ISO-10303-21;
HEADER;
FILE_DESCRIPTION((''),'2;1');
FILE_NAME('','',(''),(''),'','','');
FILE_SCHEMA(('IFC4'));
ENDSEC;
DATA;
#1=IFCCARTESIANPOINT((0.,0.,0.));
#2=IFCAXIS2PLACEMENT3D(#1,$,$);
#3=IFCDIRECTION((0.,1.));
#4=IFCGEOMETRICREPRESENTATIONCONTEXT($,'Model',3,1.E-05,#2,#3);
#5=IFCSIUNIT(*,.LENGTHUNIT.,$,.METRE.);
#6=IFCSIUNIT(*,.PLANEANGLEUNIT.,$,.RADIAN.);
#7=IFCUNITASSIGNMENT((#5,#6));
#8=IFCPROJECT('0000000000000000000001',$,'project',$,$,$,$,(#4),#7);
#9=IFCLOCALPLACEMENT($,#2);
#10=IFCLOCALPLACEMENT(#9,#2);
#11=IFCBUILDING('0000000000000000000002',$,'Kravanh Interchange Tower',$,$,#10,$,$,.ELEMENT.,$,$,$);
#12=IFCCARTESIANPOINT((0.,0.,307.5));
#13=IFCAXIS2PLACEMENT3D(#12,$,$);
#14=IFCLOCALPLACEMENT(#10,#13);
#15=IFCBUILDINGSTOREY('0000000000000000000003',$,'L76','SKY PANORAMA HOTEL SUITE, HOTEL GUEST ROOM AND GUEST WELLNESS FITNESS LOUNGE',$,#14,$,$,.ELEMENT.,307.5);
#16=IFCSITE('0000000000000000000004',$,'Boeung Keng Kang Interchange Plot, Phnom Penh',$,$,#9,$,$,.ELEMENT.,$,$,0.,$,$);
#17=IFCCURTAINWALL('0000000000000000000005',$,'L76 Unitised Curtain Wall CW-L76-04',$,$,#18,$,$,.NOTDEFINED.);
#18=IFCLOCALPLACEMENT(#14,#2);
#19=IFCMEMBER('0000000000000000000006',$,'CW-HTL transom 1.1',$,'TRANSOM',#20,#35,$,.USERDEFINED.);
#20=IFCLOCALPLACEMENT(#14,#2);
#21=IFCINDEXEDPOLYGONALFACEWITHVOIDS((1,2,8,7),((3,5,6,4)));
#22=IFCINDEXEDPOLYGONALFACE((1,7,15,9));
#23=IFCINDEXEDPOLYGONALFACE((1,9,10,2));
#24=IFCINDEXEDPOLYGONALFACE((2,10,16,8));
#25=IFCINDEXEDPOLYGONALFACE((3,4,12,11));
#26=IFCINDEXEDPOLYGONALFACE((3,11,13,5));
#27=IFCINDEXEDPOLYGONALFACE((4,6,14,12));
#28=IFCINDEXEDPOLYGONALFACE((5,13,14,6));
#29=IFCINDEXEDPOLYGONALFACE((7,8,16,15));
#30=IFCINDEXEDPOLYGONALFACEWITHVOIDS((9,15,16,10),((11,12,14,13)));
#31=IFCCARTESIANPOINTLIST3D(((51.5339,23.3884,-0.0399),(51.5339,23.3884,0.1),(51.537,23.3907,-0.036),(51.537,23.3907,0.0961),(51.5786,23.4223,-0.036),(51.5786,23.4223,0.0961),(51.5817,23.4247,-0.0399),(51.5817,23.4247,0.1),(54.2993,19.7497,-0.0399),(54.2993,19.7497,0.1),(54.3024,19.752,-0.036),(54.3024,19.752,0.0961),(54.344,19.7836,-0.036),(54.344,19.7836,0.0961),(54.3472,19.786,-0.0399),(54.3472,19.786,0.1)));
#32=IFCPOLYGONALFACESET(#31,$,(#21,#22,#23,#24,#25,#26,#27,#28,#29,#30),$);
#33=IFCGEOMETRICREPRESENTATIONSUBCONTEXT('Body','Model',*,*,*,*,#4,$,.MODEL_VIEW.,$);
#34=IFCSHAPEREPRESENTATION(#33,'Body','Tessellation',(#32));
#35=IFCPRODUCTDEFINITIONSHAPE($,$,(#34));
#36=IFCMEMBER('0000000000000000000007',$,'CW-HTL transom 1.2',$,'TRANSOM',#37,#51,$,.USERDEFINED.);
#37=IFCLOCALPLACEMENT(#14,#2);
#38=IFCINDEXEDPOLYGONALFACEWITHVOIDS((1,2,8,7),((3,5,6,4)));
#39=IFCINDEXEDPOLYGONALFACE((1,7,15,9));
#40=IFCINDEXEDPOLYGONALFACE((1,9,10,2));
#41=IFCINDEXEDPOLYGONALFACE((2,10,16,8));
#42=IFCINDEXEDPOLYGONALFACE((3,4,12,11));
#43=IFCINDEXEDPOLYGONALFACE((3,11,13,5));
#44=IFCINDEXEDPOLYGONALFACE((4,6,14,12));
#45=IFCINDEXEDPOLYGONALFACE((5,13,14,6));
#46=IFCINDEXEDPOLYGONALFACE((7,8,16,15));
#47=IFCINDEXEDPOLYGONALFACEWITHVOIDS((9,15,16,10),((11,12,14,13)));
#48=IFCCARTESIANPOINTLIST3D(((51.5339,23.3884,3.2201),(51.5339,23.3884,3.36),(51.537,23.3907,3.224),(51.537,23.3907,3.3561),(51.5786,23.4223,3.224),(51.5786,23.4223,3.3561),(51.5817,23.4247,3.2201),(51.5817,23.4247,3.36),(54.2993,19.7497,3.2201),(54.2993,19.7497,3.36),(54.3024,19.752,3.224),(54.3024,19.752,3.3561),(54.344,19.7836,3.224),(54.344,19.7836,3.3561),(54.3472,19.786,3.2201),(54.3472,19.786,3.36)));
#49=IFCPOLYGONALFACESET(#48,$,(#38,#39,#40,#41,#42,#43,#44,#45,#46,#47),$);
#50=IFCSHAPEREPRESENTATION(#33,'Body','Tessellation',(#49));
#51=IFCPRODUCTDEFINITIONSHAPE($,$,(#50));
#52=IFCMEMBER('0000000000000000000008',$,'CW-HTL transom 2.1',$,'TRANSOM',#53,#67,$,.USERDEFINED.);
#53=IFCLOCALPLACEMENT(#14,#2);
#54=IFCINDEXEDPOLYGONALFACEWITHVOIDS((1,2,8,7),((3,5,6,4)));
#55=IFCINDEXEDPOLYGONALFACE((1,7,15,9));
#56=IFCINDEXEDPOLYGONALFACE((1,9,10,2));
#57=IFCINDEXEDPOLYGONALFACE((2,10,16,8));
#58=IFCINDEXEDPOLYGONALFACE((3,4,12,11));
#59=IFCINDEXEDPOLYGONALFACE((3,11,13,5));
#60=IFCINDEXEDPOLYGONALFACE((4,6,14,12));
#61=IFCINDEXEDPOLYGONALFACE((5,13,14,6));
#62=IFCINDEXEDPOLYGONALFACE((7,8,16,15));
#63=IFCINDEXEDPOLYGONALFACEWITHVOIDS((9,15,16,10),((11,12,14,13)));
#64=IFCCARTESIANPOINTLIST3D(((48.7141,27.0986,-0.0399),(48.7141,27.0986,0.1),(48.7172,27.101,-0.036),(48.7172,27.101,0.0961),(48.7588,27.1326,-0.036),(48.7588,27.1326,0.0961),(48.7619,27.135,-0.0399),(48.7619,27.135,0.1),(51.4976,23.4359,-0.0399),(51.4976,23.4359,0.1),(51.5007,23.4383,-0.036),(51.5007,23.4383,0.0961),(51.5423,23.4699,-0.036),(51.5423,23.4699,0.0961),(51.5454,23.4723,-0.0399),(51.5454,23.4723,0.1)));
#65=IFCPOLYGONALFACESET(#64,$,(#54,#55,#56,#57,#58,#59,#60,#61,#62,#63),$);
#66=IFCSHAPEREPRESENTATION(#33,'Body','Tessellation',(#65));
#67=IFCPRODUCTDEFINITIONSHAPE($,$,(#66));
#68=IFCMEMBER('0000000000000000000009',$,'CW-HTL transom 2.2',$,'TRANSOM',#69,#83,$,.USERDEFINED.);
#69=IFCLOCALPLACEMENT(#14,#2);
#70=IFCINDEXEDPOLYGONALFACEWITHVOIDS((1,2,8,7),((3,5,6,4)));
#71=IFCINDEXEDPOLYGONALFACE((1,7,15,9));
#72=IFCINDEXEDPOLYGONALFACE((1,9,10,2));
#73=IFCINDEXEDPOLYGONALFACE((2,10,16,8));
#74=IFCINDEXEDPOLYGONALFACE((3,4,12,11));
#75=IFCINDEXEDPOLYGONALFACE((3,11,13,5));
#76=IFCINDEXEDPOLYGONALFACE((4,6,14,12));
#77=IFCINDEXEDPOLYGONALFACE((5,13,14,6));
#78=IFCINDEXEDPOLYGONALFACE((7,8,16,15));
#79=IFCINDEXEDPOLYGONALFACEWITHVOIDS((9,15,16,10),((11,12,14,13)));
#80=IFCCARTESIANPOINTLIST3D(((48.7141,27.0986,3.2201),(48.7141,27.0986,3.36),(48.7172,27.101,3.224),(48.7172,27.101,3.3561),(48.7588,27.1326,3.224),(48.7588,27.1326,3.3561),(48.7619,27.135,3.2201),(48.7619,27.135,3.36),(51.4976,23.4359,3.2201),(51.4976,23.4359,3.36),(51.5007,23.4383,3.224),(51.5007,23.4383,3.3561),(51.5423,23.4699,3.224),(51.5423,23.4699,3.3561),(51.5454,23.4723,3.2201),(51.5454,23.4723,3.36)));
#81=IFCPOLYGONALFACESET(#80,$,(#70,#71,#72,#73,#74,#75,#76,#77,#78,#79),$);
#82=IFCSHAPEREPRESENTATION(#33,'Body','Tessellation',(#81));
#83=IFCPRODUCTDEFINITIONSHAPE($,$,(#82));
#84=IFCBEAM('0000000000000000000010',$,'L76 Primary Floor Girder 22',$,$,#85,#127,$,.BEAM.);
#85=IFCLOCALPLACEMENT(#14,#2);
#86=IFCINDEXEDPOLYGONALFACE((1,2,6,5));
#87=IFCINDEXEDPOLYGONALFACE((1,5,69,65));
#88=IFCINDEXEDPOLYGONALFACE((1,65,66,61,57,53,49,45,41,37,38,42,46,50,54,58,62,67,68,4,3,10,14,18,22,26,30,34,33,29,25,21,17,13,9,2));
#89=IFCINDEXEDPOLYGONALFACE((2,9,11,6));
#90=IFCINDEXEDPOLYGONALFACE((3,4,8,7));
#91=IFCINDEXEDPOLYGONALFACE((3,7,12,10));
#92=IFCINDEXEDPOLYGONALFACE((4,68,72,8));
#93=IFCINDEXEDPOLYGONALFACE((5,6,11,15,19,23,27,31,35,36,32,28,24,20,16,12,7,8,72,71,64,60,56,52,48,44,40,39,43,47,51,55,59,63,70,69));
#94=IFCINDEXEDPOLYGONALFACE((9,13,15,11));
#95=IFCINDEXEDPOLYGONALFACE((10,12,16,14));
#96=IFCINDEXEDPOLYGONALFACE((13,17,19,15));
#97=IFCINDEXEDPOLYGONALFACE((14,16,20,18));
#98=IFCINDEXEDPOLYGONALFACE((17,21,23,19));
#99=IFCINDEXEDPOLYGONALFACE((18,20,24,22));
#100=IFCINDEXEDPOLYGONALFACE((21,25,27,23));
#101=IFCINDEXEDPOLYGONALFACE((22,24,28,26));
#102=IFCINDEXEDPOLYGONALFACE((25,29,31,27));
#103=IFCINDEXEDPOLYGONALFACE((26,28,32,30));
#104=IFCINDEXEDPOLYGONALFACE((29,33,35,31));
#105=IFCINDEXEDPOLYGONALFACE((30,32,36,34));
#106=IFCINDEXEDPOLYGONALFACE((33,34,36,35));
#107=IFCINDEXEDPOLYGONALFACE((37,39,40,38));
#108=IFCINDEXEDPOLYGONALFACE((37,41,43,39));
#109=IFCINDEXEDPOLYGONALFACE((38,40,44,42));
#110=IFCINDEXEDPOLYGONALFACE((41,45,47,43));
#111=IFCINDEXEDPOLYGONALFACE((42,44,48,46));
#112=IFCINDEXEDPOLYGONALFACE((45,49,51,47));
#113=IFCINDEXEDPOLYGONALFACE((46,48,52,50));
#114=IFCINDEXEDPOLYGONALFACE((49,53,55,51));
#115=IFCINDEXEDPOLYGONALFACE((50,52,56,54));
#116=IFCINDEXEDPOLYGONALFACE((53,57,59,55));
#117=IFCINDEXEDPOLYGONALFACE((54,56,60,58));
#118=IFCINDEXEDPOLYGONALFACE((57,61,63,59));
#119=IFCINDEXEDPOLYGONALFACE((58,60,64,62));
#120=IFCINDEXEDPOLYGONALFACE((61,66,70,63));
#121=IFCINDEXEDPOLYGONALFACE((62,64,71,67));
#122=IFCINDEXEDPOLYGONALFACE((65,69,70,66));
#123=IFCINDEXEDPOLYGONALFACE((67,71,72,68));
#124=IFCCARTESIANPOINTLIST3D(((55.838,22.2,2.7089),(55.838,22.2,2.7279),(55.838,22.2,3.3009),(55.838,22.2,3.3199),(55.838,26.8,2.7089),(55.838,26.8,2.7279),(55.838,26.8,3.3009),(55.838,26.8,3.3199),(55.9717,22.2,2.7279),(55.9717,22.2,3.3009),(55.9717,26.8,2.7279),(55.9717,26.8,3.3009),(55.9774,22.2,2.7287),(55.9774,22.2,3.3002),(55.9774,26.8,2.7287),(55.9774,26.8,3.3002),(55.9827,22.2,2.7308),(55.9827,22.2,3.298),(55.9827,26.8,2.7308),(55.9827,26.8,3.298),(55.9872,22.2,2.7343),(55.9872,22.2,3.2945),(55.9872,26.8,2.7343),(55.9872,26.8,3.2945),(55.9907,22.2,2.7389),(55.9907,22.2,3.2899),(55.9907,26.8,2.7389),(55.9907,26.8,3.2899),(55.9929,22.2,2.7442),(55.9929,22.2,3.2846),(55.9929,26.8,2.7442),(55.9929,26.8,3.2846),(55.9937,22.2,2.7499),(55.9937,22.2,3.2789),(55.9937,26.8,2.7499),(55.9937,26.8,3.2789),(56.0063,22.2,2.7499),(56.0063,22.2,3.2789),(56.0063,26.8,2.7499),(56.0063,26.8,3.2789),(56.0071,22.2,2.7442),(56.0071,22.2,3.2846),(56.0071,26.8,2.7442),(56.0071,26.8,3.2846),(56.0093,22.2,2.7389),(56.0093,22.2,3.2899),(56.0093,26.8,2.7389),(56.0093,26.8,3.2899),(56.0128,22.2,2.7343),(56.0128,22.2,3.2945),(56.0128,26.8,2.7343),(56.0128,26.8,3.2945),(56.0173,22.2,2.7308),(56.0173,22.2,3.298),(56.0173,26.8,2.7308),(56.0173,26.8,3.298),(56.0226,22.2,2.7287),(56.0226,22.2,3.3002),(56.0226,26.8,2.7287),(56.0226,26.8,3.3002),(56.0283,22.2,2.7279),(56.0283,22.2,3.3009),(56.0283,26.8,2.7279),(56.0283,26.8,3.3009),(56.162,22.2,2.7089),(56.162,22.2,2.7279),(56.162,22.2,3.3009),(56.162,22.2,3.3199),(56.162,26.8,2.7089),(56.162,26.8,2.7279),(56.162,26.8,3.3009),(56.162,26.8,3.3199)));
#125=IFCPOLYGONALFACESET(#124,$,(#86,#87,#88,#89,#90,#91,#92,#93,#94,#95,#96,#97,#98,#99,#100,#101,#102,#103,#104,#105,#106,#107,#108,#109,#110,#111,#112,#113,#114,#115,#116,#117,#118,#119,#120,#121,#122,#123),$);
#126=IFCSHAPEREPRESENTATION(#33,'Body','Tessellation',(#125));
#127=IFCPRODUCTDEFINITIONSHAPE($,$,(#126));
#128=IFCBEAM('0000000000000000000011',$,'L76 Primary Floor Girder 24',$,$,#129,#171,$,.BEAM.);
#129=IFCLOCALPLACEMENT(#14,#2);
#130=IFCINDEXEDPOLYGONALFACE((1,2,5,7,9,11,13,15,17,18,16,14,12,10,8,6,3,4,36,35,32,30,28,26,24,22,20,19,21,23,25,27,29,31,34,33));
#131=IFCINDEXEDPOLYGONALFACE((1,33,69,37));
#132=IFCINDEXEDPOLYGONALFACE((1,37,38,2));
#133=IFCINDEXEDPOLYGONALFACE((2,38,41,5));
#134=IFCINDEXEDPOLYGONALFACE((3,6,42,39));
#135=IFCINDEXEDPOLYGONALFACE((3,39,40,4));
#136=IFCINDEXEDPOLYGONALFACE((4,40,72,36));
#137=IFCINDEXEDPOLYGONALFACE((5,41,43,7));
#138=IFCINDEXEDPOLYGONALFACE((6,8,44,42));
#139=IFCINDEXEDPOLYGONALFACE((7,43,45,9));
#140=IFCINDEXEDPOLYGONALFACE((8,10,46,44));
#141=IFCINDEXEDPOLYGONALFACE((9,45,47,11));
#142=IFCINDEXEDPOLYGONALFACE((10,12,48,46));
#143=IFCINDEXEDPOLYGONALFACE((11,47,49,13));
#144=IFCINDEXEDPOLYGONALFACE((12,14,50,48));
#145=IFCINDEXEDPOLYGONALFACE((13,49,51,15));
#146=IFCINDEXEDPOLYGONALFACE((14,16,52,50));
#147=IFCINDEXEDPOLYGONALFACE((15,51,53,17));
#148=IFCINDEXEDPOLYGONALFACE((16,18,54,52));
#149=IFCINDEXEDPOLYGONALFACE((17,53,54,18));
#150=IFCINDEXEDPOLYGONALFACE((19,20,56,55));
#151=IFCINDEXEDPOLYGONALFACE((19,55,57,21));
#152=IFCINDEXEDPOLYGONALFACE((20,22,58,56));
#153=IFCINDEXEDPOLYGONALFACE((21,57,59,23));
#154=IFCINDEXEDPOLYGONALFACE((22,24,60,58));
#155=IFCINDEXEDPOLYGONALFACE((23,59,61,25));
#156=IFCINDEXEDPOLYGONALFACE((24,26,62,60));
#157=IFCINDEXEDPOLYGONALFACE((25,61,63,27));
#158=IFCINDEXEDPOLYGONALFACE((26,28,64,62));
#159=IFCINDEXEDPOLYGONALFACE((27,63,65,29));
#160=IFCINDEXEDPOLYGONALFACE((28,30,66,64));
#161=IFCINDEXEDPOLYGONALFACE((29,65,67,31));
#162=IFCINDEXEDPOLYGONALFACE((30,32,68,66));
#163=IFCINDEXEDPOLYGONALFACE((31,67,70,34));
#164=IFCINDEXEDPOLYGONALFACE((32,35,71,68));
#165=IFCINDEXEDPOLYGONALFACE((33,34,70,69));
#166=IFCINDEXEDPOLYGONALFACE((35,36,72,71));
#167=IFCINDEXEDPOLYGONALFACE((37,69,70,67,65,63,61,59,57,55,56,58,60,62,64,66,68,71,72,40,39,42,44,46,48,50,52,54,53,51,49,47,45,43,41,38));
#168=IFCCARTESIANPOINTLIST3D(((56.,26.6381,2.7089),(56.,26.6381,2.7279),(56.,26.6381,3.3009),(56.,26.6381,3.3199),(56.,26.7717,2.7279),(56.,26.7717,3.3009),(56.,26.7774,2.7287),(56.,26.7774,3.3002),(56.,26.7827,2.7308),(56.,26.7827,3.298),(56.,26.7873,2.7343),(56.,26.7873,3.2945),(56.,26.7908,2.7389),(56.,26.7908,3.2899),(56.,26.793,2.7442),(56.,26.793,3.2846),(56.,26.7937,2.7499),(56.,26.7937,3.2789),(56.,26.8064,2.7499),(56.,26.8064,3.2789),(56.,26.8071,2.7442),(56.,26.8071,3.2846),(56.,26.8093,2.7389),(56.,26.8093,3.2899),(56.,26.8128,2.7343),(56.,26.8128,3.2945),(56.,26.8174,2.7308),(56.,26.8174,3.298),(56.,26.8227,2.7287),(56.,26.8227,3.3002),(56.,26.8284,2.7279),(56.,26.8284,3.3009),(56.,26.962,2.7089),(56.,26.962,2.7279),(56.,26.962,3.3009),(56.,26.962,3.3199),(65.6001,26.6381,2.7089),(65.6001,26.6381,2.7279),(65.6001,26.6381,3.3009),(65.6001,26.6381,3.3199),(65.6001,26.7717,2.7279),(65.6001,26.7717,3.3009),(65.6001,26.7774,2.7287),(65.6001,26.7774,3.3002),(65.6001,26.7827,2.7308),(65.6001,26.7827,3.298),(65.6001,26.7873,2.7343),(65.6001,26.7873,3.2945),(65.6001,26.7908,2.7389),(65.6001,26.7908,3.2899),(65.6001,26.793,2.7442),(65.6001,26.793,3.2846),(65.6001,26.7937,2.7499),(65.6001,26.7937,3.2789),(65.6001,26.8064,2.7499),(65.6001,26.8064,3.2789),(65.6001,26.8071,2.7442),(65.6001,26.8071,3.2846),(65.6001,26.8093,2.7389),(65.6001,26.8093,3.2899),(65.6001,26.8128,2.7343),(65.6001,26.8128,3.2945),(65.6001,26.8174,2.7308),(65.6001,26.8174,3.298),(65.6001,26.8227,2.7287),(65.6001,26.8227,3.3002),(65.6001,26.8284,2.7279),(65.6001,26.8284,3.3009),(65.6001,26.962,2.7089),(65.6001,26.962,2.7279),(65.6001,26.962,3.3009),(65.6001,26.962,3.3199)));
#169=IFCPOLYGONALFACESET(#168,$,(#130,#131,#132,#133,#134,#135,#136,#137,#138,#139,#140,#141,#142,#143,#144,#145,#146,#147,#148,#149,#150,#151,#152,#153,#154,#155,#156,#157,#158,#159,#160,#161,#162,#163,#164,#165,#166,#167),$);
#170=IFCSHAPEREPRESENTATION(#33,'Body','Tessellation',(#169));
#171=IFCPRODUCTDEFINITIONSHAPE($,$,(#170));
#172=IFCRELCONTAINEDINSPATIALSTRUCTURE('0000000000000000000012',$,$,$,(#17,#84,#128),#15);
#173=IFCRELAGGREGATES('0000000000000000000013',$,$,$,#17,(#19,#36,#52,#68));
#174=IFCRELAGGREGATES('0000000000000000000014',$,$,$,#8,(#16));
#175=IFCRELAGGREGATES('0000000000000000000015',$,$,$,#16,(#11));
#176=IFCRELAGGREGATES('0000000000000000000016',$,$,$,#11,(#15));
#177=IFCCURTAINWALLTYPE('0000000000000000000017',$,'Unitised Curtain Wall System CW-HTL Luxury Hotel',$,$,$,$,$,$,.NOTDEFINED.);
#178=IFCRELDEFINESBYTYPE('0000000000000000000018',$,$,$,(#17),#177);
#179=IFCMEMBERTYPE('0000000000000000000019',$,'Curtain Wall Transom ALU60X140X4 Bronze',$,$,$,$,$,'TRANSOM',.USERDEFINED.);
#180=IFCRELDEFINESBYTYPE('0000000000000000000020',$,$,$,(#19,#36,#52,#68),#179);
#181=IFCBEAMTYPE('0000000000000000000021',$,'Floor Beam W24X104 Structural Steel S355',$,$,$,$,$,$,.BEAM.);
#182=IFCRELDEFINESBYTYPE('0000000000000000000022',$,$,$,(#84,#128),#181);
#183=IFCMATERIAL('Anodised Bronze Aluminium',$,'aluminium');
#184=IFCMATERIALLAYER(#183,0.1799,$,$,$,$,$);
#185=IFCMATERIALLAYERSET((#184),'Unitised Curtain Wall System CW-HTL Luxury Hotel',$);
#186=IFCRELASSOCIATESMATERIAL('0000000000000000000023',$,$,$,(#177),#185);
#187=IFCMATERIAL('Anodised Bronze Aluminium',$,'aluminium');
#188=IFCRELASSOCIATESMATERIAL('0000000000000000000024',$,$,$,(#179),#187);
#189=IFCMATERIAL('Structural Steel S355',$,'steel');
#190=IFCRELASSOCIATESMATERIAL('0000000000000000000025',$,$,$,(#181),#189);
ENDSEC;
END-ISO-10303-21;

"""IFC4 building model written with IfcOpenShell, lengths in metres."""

from ifc_helpers import new_model, si_unit, direction, frame, origin, origin_2d, place, context, subcontext, project, spatial, hollow_rectangle, i_section, extrude, material, layer, layer_set, material_profile, profile_set, type_object, element, aggregate, save


model = new_model("IFC4")

# Units and contexts
model_context = context("Model", 3, precision=1e-05, world=origin(), true_north=direction((0.0, 1.0)))
body_context = subcontext(model_context, "Body", "Model", "MODEL_VIEW")
ifc_project = project(units=[si_unit("LENGTHUNIT", "METRE"), si_unit("PLANEANGLEUNIT", "RADIAN")], contexts=[model_context])

# Site, building, storey
site_placement = place(None, origin())
site = spatial("IfcSite", under=ifc_project, at=site_placement, Name="Boeung Keng Kang Interchange Plot, Phnom Penh", CompositionType="ELEMENT", RefElevation=0.0)
building_placement = place(site_placement, origin())
building = spatial("IfcBuilding", under=site, at=building_placement, Name="Kravanh Interchange Tower", CompositionType="ELEMENT")
storey_placement = place(building_placement, frame((0.0, 0.0, 307.5)))
storey = spatial("IfcBuildingStorey", under=building, at=storey_placement, Name="L76", Description="SKY PANORAMA HOTEL SUITE, HOTEL GUEST ROOM AND GUEST WELLNESS FITNESS LOUNGE", CompositionType="ELEMENT", Elevation=307.5)

# Shared definitions
ifc_material_1 = material(Name="Anodised Bronze Aluminium", Category="aluminium")
ifc_layer_1 = layer(ifc_material_1, 0.1799)
ifc_layer_set_1 = layer_set([ifc_layer_1], Name="Unitised Curtain Wall System CW-HTL Luxury Hotel")
curtain_wall_type = type_object("IfcCurtainWallType", Name="Unitised Curtain Wall System CW-HTL Luxury Hotel", PredefinedType="NOTDEFINED", material=ifc_layer_set_1)

# Curtain wall, members
curtain_wall_1_placement = place(storey_placement, origin())
curtain_wall_1 = element("IfcCurtainWall", 1, at=curtain_wall_1_placement, inside=storey, type_object=curtain_wall_type, Name="L76 Unitised Curtain Wall CW-L76-04", PredefinedType="NOTDEFINED")
ifc_material_2 = material(Name="Anodised Bronze Aluminium", Category="aluminium")
ifc_material_profile_1 = material_profile(ifc_material_2, hollow_rectangle(XDim=0.0601, YDim=0.1399, WallThickness=0.0039, at=origin_2d()), Name="ALU60X140X4")
ifc_profile_set_1 = profile_set([ifc_material_profile_1], Name="Anodised Bronze Aluminium")
member_type_1 = type_object("IfcMemberType", Name="Curtain Wall Transom ALU60X140X4 Bronze", ElementType="TRANSOM", PredefinedType="USERDEFINED", material=ifc_profile_set_1)
member_1_placement = place(storey_placement, frame((54.3232, 19.7678, 0.03), z_axis=(-0.605082, 0.796163, 0.0), x_axis=(-0.796163, -0.605082, 0.0)))
member_1 = element("IfcMember", 2, at=member_1_placement, type_object=member_type_1, Name="CW-HTL transom 1.1", ObjectType="TRANSOM", PredefinedType="USERDEFINED", context=body_context, shape_type="SweptSolid", body=[
    extrude(hollow_rectangle(XDim=0.0601, YDim=0.1399, WallThickness=0.0039, at=origin_2d()), origin(), (0.0, 0.0, 1.0), 4.5703),
])
member_2_placement = place(storey_placement, frame((54.3232, 19.7678, 3.29), z_axis=(-0.605082, 0.796163, 0.0), x_axis=(-0.796163, -0.605082, 0.0)))
member_2 = element("IfcMember", 3, at=member_2_placement, type_object=member_type_1, Name="CW-HTL transom 1.2", ObjectType="TRANSOM", PredefinedType="USERDEFINED", context=body_context, shape_type="SweptSolid", body=[
    extrude(hollow_rectangle(XDim=0.0601, YDim=0.1399, WallThickness=0.0039, at=origin_2d()), origin(), (0.0, 0.0, 1.0), 4.5703),
])
member_3_placement = place(storey_placement, frame((51.5215, 23.4541, 0.03), z_axis=(-0.605066, 0.796175, 0.0), x_axis=(-0.796175, -0.605066, 0.0)))
member_3 = element("IfcMember", 4, at=member_3_placement, type_object=member_type_1, Name="CW-HTL transom 2.1", ObjectType="TRANSOM", PredefinedType="USERDEFINED", context=body_context, shape_type="SweptSolid", body=[
    extrude(hollow_rectangle(XDim=0.0601, YDim=0.1399, WallThickness=0.0039, at=origin_2d()), origin(), (0.0, 0.0, 1.0), 4.6003),
])
member_4_placement = place(storey_placement, frame((51.5215, 23.4541, 3.29), z_axis=(-0.605066, 0.796175, 0.0), x_axis=(-0.796175, -0.605066, 0.0)))
member_4 = element("IfcMember", 5, at=member_4_placement, type_object=member_type_1, Name="CW-HTL transom 2.2", ObjectType="TRANSOM", PredefinedType="USERDEFINED", context=body_context, shape_type="SweptSolid", body=[
    extrude(hollow_rectangle(XDim=0.0601, YDim=0.1399, WallThickness=0.0039, at=origin_2d()), origin(), (0.0, 0.0, 1.0), 4.6003),
])

# Beams
ifc_material_3 = material(Name="Structural Steel S355", Category="steel")
ifc_material_profile_2 = material_profile(ifc_material_3, i_section(OverallWidth=0.324, OverallDepth=0.6111, WebThickness=0.0127, FlangeThickness=0.019, FilletRadius=0.022, at=origin_2d()), Name="W24X104")
ifc_profile_set_2 = profile_set([ifc_material_profile_2], Name="Structural Steel S355")
beam_type_1 = type_object("IfcBeamType", Name="Floor Beam W24X104 Structural Steel S355", PredefinedType="BEAM", material=ifc_profile_set_2)
beam_1_placement = place(storey_placement, frame((56.0, 26.8, 3.0144), z_axis=(0.0, -1.0, 0.0), x_axis=(1.0, 0.0, 0.0)))
element("IfcBeam", 6, at=beam_1_placement, inside=storey, type_object=beam_type_1, Name="L76 Primary Floor Girder 22", PredefinedType="BEAM", context=body_context, shape_type="SweptSolid", body=[
    extrude(i_section(OverallWidth=0.324, OverallDepth=0.6111, WebThickness=0.0127, FlangeThickness=0.019, FilletRadius=0.022, at=origin_2d()), origin(), (0.0, 0.0, 1.0), 4.6001),
])
beam_2_placement = place(storey_placement, frame((56.0, 26.8, 3.0144), z_axis=(1.0, 0.0, 0.0), x_axis=(0.0, 1.0, 0.0)))
element("IfcBeam", 7, at=beam_2_placement, inside=storey, type_object=beam_type_1, Name="L76 Primary Floor Girder 24", PredefinedType="BEAM", context=body_context, shape_type="SweptSolid", body=[
    extrude(i_section(OverallWidth=0.324, OverallDepth=0.6111, WebThickness=0.0127, FlangeThickness=0.019, FilletRadius=0.022, at=origin_2d()), origin(), (0.0, 0.0, 1.0), 9.6001),
])

aggregate(curtain_wall_1, [member_1, member_2, member_3, member_4])

save(model, "model.ifc")
